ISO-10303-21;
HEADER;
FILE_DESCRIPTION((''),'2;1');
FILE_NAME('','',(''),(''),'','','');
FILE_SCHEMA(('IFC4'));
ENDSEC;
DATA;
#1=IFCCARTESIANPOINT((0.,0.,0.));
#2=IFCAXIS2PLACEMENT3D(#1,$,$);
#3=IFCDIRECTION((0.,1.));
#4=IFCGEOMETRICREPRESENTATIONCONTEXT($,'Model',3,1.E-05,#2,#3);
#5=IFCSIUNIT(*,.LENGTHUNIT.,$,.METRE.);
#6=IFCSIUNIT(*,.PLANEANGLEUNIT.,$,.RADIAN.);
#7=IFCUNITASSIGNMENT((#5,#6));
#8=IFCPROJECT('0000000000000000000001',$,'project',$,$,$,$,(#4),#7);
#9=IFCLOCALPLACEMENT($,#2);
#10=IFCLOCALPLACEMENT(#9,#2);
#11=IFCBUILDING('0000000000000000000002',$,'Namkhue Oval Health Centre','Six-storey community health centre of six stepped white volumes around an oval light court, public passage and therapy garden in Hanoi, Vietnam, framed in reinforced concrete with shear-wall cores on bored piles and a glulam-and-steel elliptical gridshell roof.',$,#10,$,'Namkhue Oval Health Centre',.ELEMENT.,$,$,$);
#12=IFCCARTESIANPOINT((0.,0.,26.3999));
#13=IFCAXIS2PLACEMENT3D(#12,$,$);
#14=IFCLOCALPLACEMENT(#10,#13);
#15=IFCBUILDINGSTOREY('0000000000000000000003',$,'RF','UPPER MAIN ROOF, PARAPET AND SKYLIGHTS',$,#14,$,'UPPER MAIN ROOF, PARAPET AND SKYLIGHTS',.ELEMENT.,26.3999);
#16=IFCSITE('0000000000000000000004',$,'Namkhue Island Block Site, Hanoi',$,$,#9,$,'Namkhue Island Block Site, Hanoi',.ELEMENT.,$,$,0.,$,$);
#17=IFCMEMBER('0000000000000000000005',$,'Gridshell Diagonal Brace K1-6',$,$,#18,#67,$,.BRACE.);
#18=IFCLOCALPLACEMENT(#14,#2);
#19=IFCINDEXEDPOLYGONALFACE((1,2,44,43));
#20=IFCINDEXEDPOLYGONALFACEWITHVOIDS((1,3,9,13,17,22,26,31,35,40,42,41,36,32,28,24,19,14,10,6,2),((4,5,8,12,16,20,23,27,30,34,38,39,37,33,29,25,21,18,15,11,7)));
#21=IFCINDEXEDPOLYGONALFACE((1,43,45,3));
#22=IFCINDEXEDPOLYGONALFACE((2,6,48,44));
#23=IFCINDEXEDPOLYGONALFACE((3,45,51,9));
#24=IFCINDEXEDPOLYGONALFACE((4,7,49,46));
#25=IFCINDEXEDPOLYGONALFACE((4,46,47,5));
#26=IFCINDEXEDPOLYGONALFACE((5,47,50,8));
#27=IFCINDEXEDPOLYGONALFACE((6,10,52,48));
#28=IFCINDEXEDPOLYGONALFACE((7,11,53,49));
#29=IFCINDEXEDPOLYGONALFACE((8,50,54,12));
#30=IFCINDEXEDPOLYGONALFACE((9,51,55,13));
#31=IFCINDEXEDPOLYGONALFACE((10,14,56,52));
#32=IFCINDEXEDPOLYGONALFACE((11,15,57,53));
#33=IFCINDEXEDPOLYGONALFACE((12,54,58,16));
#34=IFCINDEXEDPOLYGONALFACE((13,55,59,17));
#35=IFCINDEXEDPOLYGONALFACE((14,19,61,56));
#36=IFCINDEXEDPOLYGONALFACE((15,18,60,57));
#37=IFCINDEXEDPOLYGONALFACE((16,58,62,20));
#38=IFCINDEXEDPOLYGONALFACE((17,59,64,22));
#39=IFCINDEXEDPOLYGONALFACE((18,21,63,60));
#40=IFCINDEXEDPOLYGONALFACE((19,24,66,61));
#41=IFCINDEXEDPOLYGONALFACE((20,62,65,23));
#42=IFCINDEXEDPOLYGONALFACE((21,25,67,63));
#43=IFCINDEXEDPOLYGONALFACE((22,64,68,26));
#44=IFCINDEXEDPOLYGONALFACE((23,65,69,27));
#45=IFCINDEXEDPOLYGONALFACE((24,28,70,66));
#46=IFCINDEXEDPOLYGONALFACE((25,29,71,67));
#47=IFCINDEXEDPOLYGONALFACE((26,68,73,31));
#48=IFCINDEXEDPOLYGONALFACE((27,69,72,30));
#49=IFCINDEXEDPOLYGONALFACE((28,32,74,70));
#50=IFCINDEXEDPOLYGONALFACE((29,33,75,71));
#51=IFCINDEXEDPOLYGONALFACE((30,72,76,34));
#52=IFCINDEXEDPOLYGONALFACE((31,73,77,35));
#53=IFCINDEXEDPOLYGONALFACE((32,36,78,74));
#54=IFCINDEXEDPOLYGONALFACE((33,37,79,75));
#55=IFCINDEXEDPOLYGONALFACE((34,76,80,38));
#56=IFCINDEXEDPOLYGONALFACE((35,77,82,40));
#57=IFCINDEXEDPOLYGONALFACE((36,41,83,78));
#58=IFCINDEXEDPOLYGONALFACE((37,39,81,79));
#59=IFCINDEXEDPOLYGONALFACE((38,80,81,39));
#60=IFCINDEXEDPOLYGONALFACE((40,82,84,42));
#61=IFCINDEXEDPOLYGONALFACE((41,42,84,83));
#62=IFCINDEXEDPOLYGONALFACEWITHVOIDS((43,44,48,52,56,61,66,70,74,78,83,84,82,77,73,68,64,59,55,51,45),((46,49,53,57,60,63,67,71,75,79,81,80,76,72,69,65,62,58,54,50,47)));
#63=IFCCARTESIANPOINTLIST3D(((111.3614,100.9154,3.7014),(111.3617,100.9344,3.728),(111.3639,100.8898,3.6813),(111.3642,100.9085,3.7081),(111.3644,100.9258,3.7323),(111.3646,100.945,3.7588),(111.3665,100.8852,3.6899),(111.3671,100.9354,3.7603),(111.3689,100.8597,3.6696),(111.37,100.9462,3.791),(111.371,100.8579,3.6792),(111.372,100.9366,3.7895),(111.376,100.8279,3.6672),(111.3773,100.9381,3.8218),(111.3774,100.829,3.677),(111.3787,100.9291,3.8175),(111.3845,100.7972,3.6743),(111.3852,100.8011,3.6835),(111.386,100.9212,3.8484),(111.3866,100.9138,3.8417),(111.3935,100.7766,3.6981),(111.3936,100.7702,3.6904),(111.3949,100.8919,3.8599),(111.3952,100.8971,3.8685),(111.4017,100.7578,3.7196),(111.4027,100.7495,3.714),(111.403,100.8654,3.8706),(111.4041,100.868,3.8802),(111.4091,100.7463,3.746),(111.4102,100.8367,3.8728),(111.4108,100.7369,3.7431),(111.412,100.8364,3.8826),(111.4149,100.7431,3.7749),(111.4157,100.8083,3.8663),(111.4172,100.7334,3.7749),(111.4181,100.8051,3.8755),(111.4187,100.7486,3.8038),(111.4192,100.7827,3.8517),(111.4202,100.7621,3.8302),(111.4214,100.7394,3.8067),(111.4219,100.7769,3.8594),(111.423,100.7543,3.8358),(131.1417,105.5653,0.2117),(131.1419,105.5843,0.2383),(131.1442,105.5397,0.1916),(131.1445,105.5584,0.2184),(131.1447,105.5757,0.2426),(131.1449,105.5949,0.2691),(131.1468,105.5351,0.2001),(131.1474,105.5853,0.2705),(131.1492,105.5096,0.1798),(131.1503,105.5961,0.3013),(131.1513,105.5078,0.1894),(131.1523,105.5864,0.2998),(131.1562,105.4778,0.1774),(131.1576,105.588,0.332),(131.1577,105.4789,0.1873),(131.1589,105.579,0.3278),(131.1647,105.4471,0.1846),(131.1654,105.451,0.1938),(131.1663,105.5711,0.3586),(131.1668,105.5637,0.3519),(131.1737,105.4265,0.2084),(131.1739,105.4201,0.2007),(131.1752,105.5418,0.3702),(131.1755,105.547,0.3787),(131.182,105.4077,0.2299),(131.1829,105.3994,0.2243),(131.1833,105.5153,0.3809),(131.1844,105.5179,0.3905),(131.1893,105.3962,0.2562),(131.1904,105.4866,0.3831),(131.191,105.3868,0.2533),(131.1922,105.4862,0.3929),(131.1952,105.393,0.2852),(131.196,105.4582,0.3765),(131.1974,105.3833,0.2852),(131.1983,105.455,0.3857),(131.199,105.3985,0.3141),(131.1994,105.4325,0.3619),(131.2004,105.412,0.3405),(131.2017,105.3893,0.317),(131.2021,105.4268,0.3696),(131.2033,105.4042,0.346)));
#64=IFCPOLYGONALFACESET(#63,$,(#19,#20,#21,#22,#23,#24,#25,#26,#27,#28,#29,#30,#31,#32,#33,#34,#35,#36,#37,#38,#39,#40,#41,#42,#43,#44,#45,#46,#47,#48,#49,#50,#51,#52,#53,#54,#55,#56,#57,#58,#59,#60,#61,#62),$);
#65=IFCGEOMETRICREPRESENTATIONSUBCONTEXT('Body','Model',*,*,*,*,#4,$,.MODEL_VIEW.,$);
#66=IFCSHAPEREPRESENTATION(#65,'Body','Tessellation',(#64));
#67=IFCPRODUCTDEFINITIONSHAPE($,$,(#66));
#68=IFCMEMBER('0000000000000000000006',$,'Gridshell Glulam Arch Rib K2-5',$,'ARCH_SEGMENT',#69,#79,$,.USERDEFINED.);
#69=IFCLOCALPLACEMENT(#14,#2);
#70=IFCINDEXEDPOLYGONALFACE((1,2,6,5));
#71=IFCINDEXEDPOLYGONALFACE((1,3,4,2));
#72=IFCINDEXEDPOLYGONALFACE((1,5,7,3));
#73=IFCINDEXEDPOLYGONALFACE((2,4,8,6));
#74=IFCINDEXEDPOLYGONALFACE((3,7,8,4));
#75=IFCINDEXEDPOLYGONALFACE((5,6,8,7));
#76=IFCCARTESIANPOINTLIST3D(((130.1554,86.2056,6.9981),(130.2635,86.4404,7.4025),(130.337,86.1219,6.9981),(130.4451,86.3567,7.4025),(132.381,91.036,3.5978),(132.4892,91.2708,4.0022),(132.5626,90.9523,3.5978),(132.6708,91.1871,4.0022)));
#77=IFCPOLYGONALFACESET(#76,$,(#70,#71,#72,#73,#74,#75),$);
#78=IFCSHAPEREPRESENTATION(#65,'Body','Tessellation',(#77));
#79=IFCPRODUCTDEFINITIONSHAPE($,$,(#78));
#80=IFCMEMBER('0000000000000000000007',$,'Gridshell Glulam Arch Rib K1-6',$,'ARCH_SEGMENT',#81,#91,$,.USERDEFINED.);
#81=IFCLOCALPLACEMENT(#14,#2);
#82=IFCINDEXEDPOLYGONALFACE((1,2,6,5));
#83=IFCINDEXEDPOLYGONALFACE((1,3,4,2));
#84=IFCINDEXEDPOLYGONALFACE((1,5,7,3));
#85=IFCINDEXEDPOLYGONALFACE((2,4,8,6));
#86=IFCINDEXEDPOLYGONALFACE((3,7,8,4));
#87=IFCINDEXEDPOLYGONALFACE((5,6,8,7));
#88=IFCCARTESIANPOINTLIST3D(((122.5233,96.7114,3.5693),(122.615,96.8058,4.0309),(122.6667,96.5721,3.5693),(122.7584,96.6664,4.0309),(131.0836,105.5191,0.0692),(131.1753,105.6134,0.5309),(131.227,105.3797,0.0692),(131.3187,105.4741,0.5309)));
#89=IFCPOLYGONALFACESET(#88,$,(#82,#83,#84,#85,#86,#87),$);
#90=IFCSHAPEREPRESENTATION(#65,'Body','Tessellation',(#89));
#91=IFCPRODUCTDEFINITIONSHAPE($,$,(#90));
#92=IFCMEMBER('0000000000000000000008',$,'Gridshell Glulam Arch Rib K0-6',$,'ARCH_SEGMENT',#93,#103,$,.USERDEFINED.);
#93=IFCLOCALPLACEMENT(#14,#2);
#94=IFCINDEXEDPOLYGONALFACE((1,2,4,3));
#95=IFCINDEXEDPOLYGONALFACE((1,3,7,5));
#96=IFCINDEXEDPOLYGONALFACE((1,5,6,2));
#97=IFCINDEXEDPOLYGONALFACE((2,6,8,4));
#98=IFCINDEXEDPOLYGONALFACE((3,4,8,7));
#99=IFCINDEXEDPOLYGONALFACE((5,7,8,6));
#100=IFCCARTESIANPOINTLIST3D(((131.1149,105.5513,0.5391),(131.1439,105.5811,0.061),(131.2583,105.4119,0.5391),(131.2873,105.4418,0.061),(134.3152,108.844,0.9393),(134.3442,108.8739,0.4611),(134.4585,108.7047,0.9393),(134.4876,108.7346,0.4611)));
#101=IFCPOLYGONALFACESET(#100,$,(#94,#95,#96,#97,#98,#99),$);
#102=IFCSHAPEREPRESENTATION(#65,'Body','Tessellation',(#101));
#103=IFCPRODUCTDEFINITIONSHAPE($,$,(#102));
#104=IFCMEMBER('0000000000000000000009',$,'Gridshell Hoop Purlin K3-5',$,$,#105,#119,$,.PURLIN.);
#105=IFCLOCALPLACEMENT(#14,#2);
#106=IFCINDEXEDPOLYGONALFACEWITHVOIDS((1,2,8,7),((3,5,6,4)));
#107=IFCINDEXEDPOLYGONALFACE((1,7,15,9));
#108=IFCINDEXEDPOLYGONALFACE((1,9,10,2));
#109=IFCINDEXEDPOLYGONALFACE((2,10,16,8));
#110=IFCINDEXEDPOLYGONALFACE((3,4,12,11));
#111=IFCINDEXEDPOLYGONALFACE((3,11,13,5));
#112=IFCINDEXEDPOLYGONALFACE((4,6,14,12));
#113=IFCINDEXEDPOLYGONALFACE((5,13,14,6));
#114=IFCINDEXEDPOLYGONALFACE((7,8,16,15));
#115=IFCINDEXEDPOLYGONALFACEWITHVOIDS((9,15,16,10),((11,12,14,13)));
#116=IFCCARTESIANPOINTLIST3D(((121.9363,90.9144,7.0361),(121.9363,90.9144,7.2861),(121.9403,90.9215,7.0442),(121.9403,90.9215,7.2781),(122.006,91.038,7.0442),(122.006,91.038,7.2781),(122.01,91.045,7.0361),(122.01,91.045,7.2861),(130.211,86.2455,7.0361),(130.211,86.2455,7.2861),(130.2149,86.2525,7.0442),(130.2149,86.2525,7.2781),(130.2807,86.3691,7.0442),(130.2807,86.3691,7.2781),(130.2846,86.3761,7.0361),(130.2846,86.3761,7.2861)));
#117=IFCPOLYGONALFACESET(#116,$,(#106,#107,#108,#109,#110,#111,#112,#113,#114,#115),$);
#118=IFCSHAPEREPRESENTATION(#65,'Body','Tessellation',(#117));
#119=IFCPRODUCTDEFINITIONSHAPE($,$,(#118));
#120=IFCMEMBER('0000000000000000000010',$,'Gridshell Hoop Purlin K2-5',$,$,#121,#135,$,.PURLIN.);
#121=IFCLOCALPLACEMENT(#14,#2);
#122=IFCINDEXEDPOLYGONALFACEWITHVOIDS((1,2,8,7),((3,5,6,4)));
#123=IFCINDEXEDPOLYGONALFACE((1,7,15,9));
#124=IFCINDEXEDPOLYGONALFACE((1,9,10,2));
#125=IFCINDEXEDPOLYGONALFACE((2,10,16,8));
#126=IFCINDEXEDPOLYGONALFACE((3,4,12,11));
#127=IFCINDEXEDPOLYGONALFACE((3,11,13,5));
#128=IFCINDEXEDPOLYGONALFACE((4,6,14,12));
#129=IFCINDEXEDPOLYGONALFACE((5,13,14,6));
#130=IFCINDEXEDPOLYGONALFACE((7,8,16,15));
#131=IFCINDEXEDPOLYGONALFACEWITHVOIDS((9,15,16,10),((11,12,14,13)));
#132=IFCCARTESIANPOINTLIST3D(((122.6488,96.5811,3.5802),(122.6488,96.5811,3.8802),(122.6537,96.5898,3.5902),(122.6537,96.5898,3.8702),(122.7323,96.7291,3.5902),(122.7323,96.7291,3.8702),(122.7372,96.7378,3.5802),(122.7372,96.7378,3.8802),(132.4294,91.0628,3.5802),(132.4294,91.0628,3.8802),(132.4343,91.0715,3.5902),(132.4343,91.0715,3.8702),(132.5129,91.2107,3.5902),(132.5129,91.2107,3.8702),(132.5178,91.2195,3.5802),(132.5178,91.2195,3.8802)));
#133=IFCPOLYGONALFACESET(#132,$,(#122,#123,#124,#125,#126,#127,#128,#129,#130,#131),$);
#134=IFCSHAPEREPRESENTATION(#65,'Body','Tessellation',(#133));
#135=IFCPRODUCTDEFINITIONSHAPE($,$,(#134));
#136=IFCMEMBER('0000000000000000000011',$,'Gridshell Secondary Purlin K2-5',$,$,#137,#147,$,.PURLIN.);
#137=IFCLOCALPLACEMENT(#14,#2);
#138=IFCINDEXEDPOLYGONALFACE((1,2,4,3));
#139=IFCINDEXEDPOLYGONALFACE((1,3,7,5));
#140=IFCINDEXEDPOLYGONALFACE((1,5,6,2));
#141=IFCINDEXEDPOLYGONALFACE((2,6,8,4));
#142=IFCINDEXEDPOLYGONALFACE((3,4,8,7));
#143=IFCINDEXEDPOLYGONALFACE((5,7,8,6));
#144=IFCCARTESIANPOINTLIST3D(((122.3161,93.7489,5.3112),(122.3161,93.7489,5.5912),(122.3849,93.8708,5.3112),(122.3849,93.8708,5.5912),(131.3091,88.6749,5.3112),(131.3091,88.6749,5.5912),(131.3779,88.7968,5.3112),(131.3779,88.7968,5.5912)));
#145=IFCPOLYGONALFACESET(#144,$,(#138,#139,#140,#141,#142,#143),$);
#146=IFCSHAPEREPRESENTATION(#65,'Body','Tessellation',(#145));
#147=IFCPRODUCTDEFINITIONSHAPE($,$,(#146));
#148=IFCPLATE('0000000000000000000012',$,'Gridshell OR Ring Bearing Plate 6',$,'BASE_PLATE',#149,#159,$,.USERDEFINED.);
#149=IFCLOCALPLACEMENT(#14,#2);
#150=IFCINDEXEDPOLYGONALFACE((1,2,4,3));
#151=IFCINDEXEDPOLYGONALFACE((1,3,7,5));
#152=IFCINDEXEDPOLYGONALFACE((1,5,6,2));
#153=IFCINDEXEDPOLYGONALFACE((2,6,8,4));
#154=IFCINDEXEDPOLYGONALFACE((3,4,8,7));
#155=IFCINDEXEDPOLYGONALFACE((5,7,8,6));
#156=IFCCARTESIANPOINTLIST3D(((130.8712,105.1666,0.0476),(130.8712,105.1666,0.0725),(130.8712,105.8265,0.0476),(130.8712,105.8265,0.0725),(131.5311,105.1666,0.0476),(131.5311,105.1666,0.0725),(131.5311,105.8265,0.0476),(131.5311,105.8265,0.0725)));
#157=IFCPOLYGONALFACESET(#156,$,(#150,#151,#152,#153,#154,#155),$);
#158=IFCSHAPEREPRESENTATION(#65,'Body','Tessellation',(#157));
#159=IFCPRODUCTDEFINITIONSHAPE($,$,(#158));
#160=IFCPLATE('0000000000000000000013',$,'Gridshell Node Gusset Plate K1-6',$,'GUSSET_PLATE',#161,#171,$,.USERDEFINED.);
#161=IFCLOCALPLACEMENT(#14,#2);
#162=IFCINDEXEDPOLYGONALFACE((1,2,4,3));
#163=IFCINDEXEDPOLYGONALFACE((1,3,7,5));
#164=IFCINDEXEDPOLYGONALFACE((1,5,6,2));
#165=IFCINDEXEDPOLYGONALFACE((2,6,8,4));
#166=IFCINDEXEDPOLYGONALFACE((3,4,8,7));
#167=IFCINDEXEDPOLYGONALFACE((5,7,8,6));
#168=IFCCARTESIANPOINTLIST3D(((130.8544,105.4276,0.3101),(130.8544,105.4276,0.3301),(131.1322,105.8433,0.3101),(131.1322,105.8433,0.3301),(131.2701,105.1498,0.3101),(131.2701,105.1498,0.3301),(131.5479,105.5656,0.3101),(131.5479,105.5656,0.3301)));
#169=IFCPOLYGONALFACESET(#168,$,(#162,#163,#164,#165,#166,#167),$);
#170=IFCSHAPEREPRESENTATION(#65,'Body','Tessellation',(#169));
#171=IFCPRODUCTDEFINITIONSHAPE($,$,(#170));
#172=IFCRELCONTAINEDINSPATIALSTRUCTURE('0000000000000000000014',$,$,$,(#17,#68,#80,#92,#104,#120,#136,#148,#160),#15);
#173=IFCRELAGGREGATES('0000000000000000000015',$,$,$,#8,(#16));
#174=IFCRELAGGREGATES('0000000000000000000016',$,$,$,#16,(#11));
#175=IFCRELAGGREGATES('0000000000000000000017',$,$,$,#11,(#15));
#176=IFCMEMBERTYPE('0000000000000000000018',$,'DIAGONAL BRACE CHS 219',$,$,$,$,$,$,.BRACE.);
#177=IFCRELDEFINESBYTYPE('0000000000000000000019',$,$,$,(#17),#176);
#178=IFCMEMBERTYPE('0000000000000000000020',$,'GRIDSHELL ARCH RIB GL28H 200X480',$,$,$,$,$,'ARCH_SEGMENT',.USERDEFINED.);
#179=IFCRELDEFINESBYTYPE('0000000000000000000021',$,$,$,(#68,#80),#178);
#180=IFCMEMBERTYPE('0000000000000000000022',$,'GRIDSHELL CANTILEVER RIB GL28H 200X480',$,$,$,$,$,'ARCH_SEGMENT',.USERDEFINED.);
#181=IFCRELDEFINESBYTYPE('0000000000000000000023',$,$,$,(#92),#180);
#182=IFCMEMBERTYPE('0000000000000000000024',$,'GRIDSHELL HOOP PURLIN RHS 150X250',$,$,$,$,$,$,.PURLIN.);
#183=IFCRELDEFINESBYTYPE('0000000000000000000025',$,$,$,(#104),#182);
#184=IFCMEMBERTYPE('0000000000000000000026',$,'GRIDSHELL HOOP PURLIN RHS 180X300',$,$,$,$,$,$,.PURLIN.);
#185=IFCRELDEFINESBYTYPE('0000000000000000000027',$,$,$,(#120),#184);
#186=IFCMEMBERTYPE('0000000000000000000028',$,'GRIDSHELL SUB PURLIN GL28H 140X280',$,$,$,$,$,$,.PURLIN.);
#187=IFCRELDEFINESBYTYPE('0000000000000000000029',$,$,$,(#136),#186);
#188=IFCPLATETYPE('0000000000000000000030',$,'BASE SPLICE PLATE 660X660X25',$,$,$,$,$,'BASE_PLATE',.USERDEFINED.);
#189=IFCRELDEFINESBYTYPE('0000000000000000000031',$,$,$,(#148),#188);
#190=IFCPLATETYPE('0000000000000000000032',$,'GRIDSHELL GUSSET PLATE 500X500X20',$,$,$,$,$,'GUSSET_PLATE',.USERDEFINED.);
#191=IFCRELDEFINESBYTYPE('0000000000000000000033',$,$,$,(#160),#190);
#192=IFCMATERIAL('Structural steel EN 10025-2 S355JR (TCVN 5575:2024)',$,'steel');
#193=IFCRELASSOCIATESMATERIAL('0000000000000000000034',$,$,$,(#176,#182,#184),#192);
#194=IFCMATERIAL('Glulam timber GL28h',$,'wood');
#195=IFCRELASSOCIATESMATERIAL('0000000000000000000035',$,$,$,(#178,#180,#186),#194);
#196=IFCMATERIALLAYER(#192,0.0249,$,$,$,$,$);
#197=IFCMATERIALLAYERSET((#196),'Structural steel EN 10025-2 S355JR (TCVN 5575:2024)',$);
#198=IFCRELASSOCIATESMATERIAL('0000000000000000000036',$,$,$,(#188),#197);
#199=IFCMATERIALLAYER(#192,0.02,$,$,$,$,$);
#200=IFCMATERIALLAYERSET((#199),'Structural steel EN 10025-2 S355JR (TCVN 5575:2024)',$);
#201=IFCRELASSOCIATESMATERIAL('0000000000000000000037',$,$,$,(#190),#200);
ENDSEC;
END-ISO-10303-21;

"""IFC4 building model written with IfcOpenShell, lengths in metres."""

from ifc_helpers import new_model, si_unit, direction, frame, origin, origin_2d, place, context, subcontext, project, spatial, rectangle, hollow_rectangle, hollow_circle, extrude, material, layer, layer_set, material_profile, profile_set, type_object, element, save


model = new_model("IFC4")

# Units and contexts
model_context = context("Model", 3, precision=1e-05, world=origin(), true_north=direction((0.0, 1.0)))
body_context = subcontext(model_context, "Body", "Model", "MODEL_VIEW")
ifc_project = project(units=[si_unit("LENGTHUNIT", "METRE"), si_unit("PLANEANGLEUNIT", "RADIAN")], contexts=[model_context])

# Site, building, storey
site_placement = place(None, origin())
site = spatial("IfcSite", under=ifc_project, at=site_placement, Name="Namkhue Island Block Site, Hanoi", LongName="Namkhue Island Block Site, Hanoi", CompositionType="ELEMENT", RefElevation=0.0)
building_placement = place(site_placement, origin())
building = spatial("IfcBuilding", under=site, at=building_placement, Name="Namkhue Oval Health Centre", Description="Six-storey community health centre of six stepped white volumes around an oval light court, public passage and therapy garden in Hanoi, Vietnam, framed in reinforced concrete with shear-wall cores on bored piles and a glulam-and-steel elliptical gridshell roof.", LongName="Namkhue Oval Health Centre", CompositionType="ELEMENT")
storey_placement = place(building_placement, frame((0.0, 0.0, 26.3999)))
storey = spatial("IfcBuildingStorey", under=building, at=storey_placement, Name="RF", Description="UPPER MAIN ROOF, PARAPET AND SKYLIGHTS", LongName="UPPER MAIN ROOF, PARAPET AND SKYLIGHTS", CompositionType="ELEMENT", Elevation=26.3999)

# Members
ifc_material_1 = material(Name="Structural steel EN 10025-2 S355JR (TCVN 5575:2024)", Category="steel")
ifc_material_profile_1 = material_profile(ifc_material_1, hollow_circle(Radius=0.1096, WallThickness=0.01, at=origin_2d()), Name="CHS 219.1x10")
ifc_profile_set_1 = profile_set([ifc_material_profile_1], Name="Structural steel EN 10025-2 S355JR (TCVN 5575:2024)")
member_type_1 = type_object("IfcMemberType", Name="DIAGONAL BRACE CHS 219", PredefinedType="BRACE", material=ifc_profile_set_1)
member_1_placement = place(storey_placement, frame((131.1724, 105.49, 0.2852), z_axis=(-0.959417, -0.225538, 0.169266), x_axis=(0.22884, -0.973464, 0.0)))
element("IfcMember", 1, at=member_1_placement, inside=storey, type_object=member_type_1, Name="Gridshell Diagonal Brace K1-6", PredefinedType="BRACE", context=body_context, shape_type="SweptSolid", body=[
    extrude(hollow_circle(Radius=0.1096, WallThickness=0.01, at=origin_2d()), origin(), (0.0, 0.0, 1.0), 20.6169),
])
ifc_material_2 = material(Name="Glulam timber GL28h", Category="wood")
ifc_material_profile_2 = material_profile(ifc_material_2, rectangle(XDim=0.2, YDim=0.48, at=origin_2d()), Name="GL28h 200x480")
ifc_profile_set_2 = profile_set([ifc_material_profile_2], Name="Glulam timber GL28h")
member_type_2 = type_object("IfcMemberType", Name="GRIDSHELL ARCH RIB GL28H 200X480", ElementType="ARCH_SEGMENT", PredefinedType="USERDEFINED", material=ifc_profile_set_2)
member_2_placement = place(storey_placement, frame((132.5259, 91.1116, 3.8), z_axis=(-0.352574, -0.765213, 0.538647), x_axis=(0.908231, -0.41847, 0.0)))
element("IfcMember", 2, at=member_2_placement, inside=storey, type_object=member_type_2, Name="Gridshell Glulam Arch Rib K2-5", ObjectType="ARCH_SEGMENT", PredefinedType="USERDEFINED", context=body_context, shape_type="SweptSolid", body=[
    extrude(rectangle(XDim=0.2, YDim=0.48, at=origin_2d()), origin(), (0.0, 0.0, 1.0), 6.3125),
])
member_3_placement = place(storey_placement, frame((131.2012, 105.4966, 0.3), z_axis=(-0.670283, -0.689648, 0.274055), x_axis=(0.717103, -0.696967, 0.0)))
element("IfcMember", 3, at=member_3_placement, inside=storey, type_object=member_type_2, Name="Gridshell Glulam Arch Rib K1-6", ObjectType="ARCH_SEGMENT", PredefinedType="USERDEFINED", context=body_context, shape_type="SweptSolid", body=[
    extrude(rectangle(XDim=0.2, YDim=0.48, at=origin_2d()), origin(), (0.0, 0.0, 1.0), 12.7712),
])
ifc_material_profile_3 = material_profile(ifc_material_2, rectangle(XDim=0.2, YDim=0.48, at=origin_2d()), Name="GL28h 200x480")
ifc_profile_set_3 = profile_set([ifc_material_profile_3], Name="Glulam timber GL28h")
member_type_3 = type_object("IfcMemberType", Name="GRIDSHELL CANTILEVER RIB GL28H 200X480", ElementType="ARCH_SEGMENT", PredefinedType="USERDEFINED", material=ifc_profile_set_3)
member_4_placement = place(storey_placement, frame((134.4014, 108.7893, 0.7002), z_axis=(-0.694328, -0.714403, -0.086817), x_axis=(0.717111, -0.696959, 0.0)))
element("IfcMember", 4, at=member_4_placement, inside=storey, type_object=member_type_3, Name="Gridshell Glulam Arch Rib K0-6", ObjectType="ARCH_SEGMENT", PredefinedType="USERDEFINED", context=body_context, shape_type="SweptSolid", body=[
    extrude(rectangle(XDim=0.2, YDim=0.48, at=origin_2d()), origin(), (0.0, 0.0, 1.0), 4.6091),
])
ifc_material_profile_4 = material_profile(ifc_material_1, hollow_rectangle(XDim=0.1499, YDim=0.25, WallThickness=0.0081, at=origin_2d()), Name="RHS 150x250x8")
ifc_profile_set_4 = profile_set([ifc_material_profile_4], Name="Structural steel EN 10025-2 S355JR (TCVN 5575:2024)")
member_type_4 = type_object("IfcMemberType", Name="GRIDSHELL HOOP PURLIN RHS 150X250", PredefinedType="PURLIN", material=ifc_profile_set_4)
member_5_placement = place(storey_placement, frame((130.2478, 86.3108, 7.1611), z_axis=(-0.870925, 0.491416, 0.0), x_axis=(-0.491416, -0.870925, 0.0)))
element("IfcMember", 5, at=member_5_placement, inside=storey, type_object=member_type_4, Name="Gridshell Hoop Purlin K3-5", PredefinedType="PURLIN", context=body_context, shape_type="SweptSolid", body=[
    extrude(hollow_rectangle(XDim=0.1499, YDim=0.25, WallThickness=0.0081, at=origin_2d()), origin(), (0.0, 0.0, 1.0), 9.501),
])
ifc_material_profile_5 = material_profile(ifc_material_1, hollow_rectangle(XDim=0.1799, YDim=0.3, WallThickness=0.01, at=origin_2d()), Name="RHS 180x300x10")
ifc_profile_set_5 = profile_set([ifc_material_profile_5], Name="Structural steel EN 10025-2 S355JR (TCVN 5575:2024)")
member_type_5 = type_object("IfcMemberType", Name="GRIDSHELL HOOP PURLIN RHS 180X300", PredefinedType="PURLIN", material=ifc_profile_set_5)
member_6_placement = place(storey_placement, frame((132.4736, 91.1411, 3.7302), z_axis=(-0.870937, 0.491395, 0.0), x_axis=(-0.491395, -0.870937, 0.0)))
element("IfcMember", 6, at=member_6_placement, inside=storey, type_object=member_type_5, Name="Gridshell Hoop Purlin K2-5", PredefinedType="PURLIN", context=body_context, shape_type="SweptSolid", body=[
    extrude(hollow_rectangle(XDim=0.1799, YDim=0.3, WallThickness=0.01, at=origin_2d()), origin(), (0.0, 0.0, 1.0), 11.23),
])
ifc_material_profile_6 = material_profile(ifc_material_2, rectangle(XDim=0.1399, YDim=0.28, at=origin_2d()), Name="GL28h 140x280")
ifc_profile_set_6 = profile_set([ifc_material_profile_6], Name="Glulam timber GL28h")
member_type_6 = type_object("IfcMemberType", Name="GRIDSHELL SUB PURLIN GL28H 140X280", PredefinedType="PURLIN", material=ifc_profile_set_6)
member_7_placement = place(storey_placement, frame((131.3435, 88.7358, 5.4512), z_axis=(-0.870935, 0.491398, 0.0), x_axis=(-0.491398, -0.870935, 0.0)))
element("IfcMember", 7, at=member_7_placement, inside=storey, type_object=member_type_6, Name="Gridshell Secondary Purlin K2-5", PredefinedType="PURLIN", context=body_context, shape_type="SweptSolid", body=[
    extrude(rectangle(XDim=0.1399, YDim=0.28, at=origin_2d()), origin(), (0.0, 0.0, 1.0), 10.3257),
])

# Plates
ifc_layer_1 = layer(ifc_material_1, 0.0249)
ifc_layer_set_1 = layer_set([ifc_layer_1], Name="Structural steel EN 10025-2 S355JR (TCVN 5575:2024)")
plate_type_1 = type_object("IfcPlateType", Name="BASE SPLICE PLATE 660X660X25", ElementType="BASE_PLATE", PredefinedType="USERDEFINED", material=ifc_layer_set_1)
plate_1_placement = place(storey_placement, frame((131.2012, 105.4966, 0.0476), z_axis=(0.0, 0.0, 1.0), x_axis=(1.0, 0.0, 0.0)))
element("IfcPlate", 8, at=plate_1_placement, inside=storey, type_object=plate_type_1, Name="Gridshell OR Ring Bearing Plate 6", ObjectType="BASE_PLATE", PredefinedType="USERDEFINED", context=body_context, shape_type="SweptSolid", body=[
    extrude(rectangle(XDim=0.6599, YDim=0.6599, at=origin_2d()), origin(), (0.0, 0.0, 1.0), 0.0249),
])
ifc_layer_2 = layer(ifc_material_1, 0.02)
ifc_layer_set_2 = layer_set([ifc_layer_2], Name="Structural steel EN 10025-2 S355JR (TCVN 5575:2024)")
plate_type_2 = type_object("IfcPlateType", Name="GRIDSHELL GUSSET PLATE 500X500X20", ElementType="GUSSET_PLATE", PredefinedType="USERDEFINED", material=ifc_layer_set_2)
plate_2_placement = place(storey_placement, frame((131.2012, 105.4966, 0.3101), z_axis=(0.0, 0.0, 1.0), x_axis=(0.55557, 0.83147, 0.0)))
element("IfcPlate", 9, at=plate_2_placement, inside=storey, type_object=plate_type_2, Name="Gridshell Node Gusset Plate K1-6", ObjectType="GUSSET_PLATE", PredefinedType="USERDEFINED", context=body_context, shape_type="SweptSolid", body=[
    extrude(rectangle(XDim=0.5, YDim=0.5, at=origin_2d()), origin(), (0.0, 0.0, 1.0), 0.02),
])

save(model, "model.ifc")
